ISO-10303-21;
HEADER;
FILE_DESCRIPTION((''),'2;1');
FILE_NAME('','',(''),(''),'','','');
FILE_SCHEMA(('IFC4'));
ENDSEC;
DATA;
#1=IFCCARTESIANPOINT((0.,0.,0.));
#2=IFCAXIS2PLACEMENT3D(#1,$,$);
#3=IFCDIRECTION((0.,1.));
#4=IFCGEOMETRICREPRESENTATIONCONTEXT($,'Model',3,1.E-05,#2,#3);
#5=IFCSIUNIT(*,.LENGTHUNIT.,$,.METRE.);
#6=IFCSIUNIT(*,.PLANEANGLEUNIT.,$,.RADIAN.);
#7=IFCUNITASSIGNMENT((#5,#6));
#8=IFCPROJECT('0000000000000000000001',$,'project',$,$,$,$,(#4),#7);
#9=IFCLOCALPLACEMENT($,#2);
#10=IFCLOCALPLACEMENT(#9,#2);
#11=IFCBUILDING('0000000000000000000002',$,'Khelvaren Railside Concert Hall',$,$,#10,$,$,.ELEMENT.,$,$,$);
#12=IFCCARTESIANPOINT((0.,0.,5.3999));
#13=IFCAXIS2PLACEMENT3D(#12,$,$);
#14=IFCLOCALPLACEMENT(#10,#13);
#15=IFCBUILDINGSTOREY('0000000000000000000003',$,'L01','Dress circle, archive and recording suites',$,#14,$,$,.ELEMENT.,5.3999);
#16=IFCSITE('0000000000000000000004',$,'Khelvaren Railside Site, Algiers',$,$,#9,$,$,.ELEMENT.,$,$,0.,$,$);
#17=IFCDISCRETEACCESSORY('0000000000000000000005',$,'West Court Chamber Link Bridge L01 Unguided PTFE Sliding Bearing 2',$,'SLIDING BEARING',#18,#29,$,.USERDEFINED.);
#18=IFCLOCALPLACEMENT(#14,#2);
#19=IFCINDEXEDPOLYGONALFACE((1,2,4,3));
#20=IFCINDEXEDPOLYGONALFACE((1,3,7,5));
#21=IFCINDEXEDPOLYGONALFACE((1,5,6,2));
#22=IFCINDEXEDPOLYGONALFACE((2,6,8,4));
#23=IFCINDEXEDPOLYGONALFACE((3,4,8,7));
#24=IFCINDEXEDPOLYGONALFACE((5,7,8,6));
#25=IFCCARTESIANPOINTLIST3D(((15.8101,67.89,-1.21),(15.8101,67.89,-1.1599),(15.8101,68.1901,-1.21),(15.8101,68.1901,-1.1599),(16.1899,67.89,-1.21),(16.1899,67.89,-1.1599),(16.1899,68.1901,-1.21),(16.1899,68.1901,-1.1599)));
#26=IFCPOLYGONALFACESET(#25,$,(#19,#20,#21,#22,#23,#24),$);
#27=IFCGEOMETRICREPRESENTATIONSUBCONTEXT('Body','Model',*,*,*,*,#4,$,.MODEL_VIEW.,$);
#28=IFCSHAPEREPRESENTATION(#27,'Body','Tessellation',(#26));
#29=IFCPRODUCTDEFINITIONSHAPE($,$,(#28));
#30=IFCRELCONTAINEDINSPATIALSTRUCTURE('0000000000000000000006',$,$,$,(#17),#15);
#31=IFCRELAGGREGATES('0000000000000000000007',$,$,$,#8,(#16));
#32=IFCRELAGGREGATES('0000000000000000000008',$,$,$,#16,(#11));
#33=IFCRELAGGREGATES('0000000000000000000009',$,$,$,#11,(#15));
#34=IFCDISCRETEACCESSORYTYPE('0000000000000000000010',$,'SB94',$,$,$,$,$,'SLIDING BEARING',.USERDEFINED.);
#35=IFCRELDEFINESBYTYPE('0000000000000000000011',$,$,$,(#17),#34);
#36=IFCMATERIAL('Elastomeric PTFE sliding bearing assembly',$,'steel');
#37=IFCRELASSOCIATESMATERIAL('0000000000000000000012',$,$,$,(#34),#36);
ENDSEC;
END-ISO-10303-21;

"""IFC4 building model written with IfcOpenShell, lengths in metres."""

from ifc_helpers import new_model, si_unit, direction, frame, origin, origin_2d, place, context, subcontext, project, spatial, rectangle, extrude, material, type_object, element, save


model = new_model("IFC4")

# Units and contexts
model_context = context("Model", 3, precision=1e-05, world=origin(), true_north=direction((0.0, 1.0)))
body_context = subcontext(model_context, "Body", "Model", "MODEL_VIEW")
ifc_project = project(units=[si_unit("LENGTHUNIT", "METRE"), si_unit("PLANEANGLEUNIT", "RADIAN")], contexts=[model_context])

# Site, building, storey
site_placement = place(None, origin())
site = spatial("IfcSite", under=ifc_project, at=site_placement, Name="Khelvaren Railside Site, Algiers", CompositionType="ELEMENT", RefElevation=0.0)
building_placement = place(site_placement, origin())
building = spatial("IfcBuilding", under=site, at=building_placement, Name="Khelvaren Railside Concert Hall", CompositionType="ELEMENT")
storey_placement = place(building_placement, frame((0.0, 0.0, 5.3999)))
storey = spatial("IfcBuildingStorey", under=building, at=storey_placement, Name="L01", Description="Dress circle, archive and recording suites", CompositionType="ELEMENT", Elevation=5.3999)

# Discrete accessory
ifc_material_1 = material(Name="Elastomeric PTFE sliding bearing assembly", Category="steel")
discrete_accessory_type = type_object("IfcDiscreteAccessoryType", Name="SB94", ElementType="SLIDING BEARING", PredefinedType="USERDEFINED", material=ifc_material_1)
discrete_accessory_placement = place(storey_placement, frame((16.0, 68.04, -1.21), z_axis=(0.0, 0.0, 1.0), x_axis=(0.0, 1.0, 0.0)))
element("IfcDiscreteAccessory", 1, at=discrete_accessory_placement, inside=storey, type_object=discrete_accessory_type, Name="West Court Chamber Link Bridge L01 Unguided PTFE Sliding Bearing 2", ObjectType="SLIDING BEARING", PredefinedType="USERDEFINED", context=body_context, shape_type="SweptSolid", body=[
    extrude(rectangle(XDim=0.3, YDim=0.3799, at=origin_2d()), origin(), (0.0, 0.0, 1.0), 0.05),
])

save(model, "model.ifc")
